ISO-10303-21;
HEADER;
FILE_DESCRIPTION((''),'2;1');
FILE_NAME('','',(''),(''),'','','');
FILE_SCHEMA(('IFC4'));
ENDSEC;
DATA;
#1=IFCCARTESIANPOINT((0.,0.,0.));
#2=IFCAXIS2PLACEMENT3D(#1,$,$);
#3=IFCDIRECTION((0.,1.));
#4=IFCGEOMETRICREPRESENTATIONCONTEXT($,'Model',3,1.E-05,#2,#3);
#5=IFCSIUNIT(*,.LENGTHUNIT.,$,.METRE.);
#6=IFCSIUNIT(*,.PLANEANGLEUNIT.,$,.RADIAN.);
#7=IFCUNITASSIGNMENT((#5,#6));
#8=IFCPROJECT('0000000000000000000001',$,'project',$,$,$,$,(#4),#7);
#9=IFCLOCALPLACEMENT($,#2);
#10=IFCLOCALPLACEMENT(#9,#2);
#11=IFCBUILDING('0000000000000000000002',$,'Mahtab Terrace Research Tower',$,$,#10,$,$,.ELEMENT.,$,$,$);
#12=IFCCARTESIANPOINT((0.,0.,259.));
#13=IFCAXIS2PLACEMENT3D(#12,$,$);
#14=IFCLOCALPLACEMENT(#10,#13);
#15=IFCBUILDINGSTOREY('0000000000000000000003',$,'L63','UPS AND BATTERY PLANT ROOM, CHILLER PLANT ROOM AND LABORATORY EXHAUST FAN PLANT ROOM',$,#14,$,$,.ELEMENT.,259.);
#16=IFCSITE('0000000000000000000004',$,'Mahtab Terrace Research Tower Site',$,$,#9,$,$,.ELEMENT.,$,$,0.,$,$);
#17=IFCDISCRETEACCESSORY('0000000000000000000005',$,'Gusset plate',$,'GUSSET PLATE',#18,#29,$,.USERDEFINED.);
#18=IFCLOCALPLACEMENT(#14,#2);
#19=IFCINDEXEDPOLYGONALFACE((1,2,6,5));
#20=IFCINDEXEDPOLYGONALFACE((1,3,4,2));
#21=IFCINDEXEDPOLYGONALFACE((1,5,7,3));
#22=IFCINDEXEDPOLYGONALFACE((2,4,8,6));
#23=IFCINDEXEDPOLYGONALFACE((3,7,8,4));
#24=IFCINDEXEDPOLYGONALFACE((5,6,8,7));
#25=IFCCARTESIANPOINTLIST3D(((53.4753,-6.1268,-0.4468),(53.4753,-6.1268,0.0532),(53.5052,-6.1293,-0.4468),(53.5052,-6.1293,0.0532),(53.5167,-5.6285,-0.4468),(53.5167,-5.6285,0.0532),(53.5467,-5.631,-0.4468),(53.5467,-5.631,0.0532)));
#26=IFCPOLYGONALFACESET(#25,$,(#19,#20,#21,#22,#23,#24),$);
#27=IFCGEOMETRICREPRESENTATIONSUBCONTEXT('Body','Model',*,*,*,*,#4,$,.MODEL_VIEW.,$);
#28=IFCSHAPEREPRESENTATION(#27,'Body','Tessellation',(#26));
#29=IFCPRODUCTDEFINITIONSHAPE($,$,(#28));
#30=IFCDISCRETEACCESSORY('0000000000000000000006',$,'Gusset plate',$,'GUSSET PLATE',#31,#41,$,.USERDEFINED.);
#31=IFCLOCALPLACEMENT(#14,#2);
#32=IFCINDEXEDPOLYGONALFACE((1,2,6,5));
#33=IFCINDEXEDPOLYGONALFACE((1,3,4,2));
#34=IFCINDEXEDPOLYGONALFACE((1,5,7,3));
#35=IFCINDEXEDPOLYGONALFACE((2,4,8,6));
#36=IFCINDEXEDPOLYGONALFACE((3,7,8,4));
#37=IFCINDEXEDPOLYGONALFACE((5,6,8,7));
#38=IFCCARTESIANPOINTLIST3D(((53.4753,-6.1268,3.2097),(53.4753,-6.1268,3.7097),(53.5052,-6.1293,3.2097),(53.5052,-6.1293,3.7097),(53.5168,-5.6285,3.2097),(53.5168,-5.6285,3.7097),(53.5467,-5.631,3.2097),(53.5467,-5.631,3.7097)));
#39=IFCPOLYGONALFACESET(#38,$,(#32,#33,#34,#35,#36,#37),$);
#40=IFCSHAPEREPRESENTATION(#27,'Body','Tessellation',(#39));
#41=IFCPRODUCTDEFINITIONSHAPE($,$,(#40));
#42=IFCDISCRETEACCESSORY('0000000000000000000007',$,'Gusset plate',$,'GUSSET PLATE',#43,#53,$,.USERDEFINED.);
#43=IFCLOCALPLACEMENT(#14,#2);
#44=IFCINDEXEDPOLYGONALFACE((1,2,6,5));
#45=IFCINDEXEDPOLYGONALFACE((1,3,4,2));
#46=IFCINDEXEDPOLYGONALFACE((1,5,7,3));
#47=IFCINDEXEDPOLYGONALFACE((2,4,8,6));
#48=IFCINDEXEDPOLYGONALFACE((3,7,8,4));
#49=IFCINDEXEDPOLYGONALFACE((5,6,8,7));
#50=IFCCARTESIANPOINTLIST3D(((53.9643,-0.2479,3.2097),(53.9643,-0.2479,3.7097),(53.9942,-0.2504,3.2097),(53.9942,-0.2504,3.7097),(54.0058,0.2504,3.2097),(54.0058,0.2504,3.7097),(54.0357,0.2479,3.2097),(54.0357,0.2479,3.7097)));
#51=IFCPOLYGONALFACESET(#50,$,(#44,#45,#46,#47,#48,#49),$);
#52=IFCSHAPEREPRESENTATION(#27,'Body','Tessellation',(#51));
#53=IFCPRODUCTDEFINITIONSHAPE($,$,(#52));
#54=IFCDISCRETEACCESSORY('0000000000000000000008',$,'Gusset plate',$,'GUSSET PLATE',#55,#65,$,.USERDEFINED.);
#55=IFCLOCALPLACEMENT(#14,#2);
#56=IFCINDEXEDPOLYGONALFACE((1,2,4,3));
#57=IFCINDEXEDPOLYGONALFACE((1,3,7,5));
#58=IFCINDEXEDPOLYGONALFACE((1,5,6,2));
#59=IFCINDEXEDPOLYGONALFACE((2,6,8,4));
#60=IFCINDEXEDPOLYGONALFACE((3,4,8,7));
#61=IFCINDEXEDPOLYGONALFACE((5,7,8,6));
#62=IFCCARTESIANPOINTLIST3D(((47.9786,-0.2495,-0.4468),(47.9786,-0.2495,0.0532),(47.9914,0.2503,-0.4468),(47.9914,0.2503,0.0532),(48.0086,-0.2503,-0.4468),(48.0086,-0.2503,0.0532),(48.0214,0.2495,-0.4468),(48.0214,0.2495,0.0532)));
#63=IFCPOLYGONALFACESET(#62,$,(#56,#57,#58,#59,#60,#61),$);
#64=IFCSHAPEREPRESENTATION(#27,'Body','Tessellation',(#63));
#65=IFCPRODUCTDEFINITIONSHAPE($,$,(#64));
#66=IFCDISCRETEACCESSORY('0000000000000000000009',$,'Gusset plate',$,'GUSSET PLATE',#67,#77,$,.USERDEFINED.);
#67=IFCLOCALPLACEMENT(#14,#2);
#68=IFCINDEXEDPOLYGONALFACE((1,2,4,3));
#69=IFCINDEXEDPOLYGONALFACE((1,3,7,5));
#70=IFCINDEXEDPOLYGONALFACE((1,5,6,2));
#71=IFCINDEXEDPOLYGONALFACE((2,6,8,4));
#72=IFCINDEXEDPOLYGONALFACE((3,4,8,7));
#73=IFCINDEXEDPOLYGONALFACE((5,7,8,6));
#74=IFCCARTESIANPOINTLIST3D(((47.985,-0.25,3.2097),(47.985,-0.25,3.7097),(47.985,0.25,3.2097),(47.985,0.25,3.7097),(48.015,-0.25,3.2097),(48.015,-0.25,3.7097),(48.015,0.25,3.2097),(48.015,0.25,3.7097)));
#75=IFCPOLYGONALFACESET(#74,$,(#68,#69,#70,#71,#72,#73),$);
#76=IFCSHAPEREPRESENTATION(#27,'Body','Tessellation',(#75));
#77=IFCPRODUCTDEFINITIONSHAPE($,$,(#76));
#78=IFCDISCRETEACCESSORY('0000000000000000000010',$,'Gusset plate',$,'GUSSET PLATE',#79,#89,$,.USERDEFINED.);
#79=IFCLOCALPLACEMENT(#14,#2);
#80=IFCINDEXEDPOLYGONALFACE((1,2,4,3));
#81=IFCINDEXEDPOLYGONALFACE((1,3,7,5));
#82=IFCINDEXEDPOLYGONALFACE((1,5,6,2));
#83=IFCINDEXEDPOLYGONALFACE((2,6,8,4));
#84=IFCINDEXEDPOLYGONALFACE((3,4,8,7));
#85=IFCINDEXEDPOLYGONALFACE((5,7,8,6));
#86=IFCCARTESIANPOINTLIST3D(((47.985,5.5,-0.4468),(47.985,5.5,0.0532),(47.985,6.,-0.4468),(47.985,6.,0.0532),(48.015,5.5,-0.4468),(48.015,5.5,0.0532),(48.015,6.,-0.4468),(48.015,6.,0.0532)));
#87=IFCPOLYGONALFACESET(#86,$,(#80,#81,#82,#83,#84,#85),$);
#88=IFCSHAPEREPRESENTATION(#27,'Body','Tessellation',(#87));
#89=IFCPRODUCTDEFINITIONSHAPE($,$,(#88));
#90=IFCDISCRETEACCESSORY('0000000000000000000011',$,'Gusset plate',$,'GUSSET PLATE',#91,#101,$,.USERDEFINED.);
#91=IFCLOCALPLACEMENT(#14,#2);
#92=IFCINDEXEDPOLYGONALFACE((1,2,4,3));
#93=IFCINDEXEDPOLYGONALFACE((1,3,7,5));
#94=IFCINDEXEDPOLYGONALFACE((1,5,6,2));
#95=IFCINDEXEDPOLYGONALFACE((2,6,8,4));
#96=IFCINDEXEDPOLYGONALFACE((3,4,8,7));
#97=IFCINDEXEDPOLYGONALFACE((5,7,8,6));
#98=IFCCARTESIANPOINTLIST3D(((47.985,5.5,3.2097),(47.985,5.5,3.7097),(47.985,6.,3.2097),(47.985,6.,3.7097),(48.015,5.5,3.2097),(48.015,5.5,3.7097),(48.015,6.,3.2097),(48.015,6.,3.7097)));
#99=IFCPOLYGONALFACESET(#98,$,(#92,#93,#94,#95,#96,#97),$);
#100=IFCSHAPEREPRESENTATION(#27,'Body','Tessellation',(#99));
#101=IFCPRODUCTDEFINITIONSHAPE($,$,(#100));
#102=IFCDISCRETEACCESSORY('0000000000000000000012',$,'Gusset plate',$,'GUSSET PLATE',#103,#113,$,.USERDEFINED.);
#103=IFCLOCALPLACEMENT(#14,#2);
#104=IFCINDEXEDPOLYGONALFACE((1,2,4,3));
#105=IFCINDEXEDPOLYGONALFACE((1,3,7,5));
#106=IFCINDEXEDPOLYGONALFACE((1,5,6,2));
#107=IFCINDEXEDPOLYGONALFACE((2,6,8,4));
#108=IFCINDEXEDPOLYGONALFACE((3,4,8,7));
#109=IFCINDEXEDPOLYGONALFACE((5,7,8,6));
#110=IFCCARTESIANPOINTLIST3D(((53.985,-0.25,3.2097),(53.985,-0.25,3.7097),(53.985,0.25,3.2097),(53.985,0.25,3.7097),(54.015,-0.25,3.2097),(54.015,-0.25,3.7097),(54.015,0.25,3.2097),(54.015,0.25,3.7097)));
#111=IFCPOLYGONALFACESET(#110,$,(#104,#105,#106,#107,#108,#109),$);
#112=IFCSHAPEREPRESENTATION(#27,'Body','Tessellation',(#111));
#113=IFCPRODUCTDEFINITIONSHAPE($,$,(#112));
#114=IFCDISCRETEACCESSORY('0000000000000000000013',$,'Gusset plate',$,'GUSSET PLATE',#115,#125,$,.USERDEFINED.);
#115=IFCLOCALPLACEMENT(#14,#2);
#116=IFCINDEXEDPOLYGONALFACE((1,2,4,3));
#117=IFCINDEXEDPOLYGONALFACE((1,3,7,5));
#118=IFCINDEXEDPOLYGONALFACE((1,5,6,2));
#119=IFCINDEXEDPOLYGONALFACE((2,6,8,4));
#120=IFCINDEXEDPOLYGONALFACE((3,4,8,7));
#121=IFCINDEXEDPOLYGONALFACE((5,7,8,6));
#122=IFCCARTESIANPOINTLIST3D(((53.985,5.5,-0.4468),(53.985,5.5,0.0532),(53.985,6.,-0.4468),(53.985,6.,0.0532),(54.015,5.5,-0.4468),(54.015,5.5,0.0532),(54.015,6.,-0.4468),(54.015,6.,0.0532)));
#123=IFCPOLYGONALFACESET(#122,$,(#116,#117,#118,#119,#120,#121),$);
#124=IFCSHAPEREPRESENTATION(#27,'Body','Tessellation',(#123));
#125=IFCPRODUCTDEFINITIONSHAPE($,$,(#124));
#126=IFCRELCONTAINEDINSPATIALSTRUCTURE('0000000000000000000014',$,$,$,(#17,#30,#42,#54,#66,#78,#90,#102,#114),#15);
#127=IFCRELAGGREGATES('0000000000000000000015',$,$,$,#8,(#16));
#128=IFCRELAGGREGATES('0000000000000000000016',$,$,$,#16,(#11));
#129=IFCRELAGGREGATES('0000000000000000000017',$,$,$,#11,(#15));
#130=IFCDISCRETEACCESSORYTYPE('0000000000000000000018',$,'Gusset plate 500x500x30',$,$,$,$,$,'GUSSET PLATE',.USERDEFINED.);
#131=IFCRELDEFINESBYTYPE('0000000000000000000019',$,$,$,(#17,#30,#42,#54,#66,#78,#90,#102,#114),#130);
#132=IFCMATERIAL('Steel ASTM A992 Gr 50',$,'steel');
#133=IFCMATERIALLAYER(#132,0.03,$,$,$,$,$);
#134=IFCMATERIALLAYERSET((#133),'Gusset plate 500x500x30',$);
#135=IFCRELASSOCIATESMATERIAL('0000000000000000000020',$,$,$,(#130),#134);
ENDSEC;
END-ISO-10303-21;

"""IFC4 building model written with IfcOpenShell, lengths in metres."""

from ifc_helpers import new_model, si_unit, direction, frame, origin, origin_2d, place, context, subcontext, project, spatial, rectangle, extrude, material, layer, layer_set, type_object, element, save


model = new_model("IFC4")

# Units and contexts
model_context = context("Model", 3, precision=1e-05, world=origin(), true_north=direction((0.0, 1.0)))
body_context = subcontext(model_context, "Body", "Model", "MODEL_VIEW")
ifc_project = project(units=[si_unit("LENGTHUNIT", "METRE"), si_unit("PLANEANGLEUNIT", "RADIAN")], contexts=[model_context])

# Site, building, storey
site_placement = place(None, origin())
site = spatial("IfcSite", under=ifc_project, at=site_placement, Name="Mahtab Terrace Research Tower Site", CompositionType="ELEMENT", RefElevation=0.0)
building_placement = place(site_placement, origin())
building = spatial("IfcBuilding", under=site, at=building_placement, Name="Mahtab Terrace Research Tower", CompositionType="ELEMENT")
storey_placement = place(building_placement, frame((0.0, 0.0, 259.0)))
storey = spatial("IfcBuildingStorey", under=building, at=storey_placement, Name="L63", Description="UPS AND BATTERY PLANT ROOM, CHILLER PLANT ROOM AND LABORATORY EXHAUST FAN PLANT ROOM", CompositionType="ELEMENT", Elevation=259.0)

# Shared definitions
ifc_material_1 = material(Name="Steel ASTM A992 Gr 50", Category="steel")

# Discrete accessories
ifc_layer = layer(ifc_material_1, 0.03)
ifc_layer_set = layer_set([ifc_layer], Name="Gusset plate 500x500x30")
discrete_accessory_type_1 = type_object("IfcDiscreteAccessoryType", Name="Gusset plate 500x500x30", ElementType="GUSSET PLATE", PredefinedType="USERDEFINED", material=ifc_layer_set)
for number, where, z_axis, x_axis, name in (
    (1, (53.511, -5.8789, -0.4468), (0.0, 0.0, 1.0), (0.082895, 0.996558, 0.0), "Gusset plate"),
    (2, (53.511, -5.8789, 3.2097), (0.0, 0.0, 1.0), (0.083052, 0.996545, 0.0), "Gusset plate"),
    (3, (54.0, 0.0, 3.2097), (0.0, 0.0, 1.0), (0.082895, 0.996558, 0.0), "Gusset plate"),
    (4, (48.0, 0.0, -0.4468), (0.0, 0.0, 1.0), (0.025723, 0.999669, 0.0), "Gusset plate"),
    (5, (48.0, 0.0, 3.2097), (0.0, 0.0, 1.0), (0.0, 1.0, 0.0), "Gusset plate"),
    (6, (48.0, 5.75, -0.4468), (0.0, 0.0, 1.0), (0.0, 1.0, 0.0), "Gusset plate"),
    (7, (48.0, 5.75, 3.2097), (0.0, 0.0, 1.0), (0.0, 1.0, 0.0), "Gusset plate"),
    (8, (54.0, 0.0, 3.2097), (0.0, 0.0, 1.0), (0.0, 1.0, 0.0), "Gusset plate"),
    (9, (54.0, 5.75, -0.4468), (0.0, 0.0, 1.0), (0.0, 1.0, 0.0), "Gusset plate"),
):
    element("IfcDiscreteAccessory", number, at=place(storey_placement, frame(where, z_axis=z_axis, x_axis=x_axis)), inside=storey, type_object=discrete_accessory_type_1, Name=name, ObjectType="GUSSET PLATE", PredefinedType="USERDEFINED", context=body_context, shape_type="SweptSolid", body=[
        extrude(rectangle(XDim=0.5, YDim=0.03, at=origin_2d()), origin(), (0.0, 0.0, 1.0), 0.5),
    ])

save(model, "model.ifc")
